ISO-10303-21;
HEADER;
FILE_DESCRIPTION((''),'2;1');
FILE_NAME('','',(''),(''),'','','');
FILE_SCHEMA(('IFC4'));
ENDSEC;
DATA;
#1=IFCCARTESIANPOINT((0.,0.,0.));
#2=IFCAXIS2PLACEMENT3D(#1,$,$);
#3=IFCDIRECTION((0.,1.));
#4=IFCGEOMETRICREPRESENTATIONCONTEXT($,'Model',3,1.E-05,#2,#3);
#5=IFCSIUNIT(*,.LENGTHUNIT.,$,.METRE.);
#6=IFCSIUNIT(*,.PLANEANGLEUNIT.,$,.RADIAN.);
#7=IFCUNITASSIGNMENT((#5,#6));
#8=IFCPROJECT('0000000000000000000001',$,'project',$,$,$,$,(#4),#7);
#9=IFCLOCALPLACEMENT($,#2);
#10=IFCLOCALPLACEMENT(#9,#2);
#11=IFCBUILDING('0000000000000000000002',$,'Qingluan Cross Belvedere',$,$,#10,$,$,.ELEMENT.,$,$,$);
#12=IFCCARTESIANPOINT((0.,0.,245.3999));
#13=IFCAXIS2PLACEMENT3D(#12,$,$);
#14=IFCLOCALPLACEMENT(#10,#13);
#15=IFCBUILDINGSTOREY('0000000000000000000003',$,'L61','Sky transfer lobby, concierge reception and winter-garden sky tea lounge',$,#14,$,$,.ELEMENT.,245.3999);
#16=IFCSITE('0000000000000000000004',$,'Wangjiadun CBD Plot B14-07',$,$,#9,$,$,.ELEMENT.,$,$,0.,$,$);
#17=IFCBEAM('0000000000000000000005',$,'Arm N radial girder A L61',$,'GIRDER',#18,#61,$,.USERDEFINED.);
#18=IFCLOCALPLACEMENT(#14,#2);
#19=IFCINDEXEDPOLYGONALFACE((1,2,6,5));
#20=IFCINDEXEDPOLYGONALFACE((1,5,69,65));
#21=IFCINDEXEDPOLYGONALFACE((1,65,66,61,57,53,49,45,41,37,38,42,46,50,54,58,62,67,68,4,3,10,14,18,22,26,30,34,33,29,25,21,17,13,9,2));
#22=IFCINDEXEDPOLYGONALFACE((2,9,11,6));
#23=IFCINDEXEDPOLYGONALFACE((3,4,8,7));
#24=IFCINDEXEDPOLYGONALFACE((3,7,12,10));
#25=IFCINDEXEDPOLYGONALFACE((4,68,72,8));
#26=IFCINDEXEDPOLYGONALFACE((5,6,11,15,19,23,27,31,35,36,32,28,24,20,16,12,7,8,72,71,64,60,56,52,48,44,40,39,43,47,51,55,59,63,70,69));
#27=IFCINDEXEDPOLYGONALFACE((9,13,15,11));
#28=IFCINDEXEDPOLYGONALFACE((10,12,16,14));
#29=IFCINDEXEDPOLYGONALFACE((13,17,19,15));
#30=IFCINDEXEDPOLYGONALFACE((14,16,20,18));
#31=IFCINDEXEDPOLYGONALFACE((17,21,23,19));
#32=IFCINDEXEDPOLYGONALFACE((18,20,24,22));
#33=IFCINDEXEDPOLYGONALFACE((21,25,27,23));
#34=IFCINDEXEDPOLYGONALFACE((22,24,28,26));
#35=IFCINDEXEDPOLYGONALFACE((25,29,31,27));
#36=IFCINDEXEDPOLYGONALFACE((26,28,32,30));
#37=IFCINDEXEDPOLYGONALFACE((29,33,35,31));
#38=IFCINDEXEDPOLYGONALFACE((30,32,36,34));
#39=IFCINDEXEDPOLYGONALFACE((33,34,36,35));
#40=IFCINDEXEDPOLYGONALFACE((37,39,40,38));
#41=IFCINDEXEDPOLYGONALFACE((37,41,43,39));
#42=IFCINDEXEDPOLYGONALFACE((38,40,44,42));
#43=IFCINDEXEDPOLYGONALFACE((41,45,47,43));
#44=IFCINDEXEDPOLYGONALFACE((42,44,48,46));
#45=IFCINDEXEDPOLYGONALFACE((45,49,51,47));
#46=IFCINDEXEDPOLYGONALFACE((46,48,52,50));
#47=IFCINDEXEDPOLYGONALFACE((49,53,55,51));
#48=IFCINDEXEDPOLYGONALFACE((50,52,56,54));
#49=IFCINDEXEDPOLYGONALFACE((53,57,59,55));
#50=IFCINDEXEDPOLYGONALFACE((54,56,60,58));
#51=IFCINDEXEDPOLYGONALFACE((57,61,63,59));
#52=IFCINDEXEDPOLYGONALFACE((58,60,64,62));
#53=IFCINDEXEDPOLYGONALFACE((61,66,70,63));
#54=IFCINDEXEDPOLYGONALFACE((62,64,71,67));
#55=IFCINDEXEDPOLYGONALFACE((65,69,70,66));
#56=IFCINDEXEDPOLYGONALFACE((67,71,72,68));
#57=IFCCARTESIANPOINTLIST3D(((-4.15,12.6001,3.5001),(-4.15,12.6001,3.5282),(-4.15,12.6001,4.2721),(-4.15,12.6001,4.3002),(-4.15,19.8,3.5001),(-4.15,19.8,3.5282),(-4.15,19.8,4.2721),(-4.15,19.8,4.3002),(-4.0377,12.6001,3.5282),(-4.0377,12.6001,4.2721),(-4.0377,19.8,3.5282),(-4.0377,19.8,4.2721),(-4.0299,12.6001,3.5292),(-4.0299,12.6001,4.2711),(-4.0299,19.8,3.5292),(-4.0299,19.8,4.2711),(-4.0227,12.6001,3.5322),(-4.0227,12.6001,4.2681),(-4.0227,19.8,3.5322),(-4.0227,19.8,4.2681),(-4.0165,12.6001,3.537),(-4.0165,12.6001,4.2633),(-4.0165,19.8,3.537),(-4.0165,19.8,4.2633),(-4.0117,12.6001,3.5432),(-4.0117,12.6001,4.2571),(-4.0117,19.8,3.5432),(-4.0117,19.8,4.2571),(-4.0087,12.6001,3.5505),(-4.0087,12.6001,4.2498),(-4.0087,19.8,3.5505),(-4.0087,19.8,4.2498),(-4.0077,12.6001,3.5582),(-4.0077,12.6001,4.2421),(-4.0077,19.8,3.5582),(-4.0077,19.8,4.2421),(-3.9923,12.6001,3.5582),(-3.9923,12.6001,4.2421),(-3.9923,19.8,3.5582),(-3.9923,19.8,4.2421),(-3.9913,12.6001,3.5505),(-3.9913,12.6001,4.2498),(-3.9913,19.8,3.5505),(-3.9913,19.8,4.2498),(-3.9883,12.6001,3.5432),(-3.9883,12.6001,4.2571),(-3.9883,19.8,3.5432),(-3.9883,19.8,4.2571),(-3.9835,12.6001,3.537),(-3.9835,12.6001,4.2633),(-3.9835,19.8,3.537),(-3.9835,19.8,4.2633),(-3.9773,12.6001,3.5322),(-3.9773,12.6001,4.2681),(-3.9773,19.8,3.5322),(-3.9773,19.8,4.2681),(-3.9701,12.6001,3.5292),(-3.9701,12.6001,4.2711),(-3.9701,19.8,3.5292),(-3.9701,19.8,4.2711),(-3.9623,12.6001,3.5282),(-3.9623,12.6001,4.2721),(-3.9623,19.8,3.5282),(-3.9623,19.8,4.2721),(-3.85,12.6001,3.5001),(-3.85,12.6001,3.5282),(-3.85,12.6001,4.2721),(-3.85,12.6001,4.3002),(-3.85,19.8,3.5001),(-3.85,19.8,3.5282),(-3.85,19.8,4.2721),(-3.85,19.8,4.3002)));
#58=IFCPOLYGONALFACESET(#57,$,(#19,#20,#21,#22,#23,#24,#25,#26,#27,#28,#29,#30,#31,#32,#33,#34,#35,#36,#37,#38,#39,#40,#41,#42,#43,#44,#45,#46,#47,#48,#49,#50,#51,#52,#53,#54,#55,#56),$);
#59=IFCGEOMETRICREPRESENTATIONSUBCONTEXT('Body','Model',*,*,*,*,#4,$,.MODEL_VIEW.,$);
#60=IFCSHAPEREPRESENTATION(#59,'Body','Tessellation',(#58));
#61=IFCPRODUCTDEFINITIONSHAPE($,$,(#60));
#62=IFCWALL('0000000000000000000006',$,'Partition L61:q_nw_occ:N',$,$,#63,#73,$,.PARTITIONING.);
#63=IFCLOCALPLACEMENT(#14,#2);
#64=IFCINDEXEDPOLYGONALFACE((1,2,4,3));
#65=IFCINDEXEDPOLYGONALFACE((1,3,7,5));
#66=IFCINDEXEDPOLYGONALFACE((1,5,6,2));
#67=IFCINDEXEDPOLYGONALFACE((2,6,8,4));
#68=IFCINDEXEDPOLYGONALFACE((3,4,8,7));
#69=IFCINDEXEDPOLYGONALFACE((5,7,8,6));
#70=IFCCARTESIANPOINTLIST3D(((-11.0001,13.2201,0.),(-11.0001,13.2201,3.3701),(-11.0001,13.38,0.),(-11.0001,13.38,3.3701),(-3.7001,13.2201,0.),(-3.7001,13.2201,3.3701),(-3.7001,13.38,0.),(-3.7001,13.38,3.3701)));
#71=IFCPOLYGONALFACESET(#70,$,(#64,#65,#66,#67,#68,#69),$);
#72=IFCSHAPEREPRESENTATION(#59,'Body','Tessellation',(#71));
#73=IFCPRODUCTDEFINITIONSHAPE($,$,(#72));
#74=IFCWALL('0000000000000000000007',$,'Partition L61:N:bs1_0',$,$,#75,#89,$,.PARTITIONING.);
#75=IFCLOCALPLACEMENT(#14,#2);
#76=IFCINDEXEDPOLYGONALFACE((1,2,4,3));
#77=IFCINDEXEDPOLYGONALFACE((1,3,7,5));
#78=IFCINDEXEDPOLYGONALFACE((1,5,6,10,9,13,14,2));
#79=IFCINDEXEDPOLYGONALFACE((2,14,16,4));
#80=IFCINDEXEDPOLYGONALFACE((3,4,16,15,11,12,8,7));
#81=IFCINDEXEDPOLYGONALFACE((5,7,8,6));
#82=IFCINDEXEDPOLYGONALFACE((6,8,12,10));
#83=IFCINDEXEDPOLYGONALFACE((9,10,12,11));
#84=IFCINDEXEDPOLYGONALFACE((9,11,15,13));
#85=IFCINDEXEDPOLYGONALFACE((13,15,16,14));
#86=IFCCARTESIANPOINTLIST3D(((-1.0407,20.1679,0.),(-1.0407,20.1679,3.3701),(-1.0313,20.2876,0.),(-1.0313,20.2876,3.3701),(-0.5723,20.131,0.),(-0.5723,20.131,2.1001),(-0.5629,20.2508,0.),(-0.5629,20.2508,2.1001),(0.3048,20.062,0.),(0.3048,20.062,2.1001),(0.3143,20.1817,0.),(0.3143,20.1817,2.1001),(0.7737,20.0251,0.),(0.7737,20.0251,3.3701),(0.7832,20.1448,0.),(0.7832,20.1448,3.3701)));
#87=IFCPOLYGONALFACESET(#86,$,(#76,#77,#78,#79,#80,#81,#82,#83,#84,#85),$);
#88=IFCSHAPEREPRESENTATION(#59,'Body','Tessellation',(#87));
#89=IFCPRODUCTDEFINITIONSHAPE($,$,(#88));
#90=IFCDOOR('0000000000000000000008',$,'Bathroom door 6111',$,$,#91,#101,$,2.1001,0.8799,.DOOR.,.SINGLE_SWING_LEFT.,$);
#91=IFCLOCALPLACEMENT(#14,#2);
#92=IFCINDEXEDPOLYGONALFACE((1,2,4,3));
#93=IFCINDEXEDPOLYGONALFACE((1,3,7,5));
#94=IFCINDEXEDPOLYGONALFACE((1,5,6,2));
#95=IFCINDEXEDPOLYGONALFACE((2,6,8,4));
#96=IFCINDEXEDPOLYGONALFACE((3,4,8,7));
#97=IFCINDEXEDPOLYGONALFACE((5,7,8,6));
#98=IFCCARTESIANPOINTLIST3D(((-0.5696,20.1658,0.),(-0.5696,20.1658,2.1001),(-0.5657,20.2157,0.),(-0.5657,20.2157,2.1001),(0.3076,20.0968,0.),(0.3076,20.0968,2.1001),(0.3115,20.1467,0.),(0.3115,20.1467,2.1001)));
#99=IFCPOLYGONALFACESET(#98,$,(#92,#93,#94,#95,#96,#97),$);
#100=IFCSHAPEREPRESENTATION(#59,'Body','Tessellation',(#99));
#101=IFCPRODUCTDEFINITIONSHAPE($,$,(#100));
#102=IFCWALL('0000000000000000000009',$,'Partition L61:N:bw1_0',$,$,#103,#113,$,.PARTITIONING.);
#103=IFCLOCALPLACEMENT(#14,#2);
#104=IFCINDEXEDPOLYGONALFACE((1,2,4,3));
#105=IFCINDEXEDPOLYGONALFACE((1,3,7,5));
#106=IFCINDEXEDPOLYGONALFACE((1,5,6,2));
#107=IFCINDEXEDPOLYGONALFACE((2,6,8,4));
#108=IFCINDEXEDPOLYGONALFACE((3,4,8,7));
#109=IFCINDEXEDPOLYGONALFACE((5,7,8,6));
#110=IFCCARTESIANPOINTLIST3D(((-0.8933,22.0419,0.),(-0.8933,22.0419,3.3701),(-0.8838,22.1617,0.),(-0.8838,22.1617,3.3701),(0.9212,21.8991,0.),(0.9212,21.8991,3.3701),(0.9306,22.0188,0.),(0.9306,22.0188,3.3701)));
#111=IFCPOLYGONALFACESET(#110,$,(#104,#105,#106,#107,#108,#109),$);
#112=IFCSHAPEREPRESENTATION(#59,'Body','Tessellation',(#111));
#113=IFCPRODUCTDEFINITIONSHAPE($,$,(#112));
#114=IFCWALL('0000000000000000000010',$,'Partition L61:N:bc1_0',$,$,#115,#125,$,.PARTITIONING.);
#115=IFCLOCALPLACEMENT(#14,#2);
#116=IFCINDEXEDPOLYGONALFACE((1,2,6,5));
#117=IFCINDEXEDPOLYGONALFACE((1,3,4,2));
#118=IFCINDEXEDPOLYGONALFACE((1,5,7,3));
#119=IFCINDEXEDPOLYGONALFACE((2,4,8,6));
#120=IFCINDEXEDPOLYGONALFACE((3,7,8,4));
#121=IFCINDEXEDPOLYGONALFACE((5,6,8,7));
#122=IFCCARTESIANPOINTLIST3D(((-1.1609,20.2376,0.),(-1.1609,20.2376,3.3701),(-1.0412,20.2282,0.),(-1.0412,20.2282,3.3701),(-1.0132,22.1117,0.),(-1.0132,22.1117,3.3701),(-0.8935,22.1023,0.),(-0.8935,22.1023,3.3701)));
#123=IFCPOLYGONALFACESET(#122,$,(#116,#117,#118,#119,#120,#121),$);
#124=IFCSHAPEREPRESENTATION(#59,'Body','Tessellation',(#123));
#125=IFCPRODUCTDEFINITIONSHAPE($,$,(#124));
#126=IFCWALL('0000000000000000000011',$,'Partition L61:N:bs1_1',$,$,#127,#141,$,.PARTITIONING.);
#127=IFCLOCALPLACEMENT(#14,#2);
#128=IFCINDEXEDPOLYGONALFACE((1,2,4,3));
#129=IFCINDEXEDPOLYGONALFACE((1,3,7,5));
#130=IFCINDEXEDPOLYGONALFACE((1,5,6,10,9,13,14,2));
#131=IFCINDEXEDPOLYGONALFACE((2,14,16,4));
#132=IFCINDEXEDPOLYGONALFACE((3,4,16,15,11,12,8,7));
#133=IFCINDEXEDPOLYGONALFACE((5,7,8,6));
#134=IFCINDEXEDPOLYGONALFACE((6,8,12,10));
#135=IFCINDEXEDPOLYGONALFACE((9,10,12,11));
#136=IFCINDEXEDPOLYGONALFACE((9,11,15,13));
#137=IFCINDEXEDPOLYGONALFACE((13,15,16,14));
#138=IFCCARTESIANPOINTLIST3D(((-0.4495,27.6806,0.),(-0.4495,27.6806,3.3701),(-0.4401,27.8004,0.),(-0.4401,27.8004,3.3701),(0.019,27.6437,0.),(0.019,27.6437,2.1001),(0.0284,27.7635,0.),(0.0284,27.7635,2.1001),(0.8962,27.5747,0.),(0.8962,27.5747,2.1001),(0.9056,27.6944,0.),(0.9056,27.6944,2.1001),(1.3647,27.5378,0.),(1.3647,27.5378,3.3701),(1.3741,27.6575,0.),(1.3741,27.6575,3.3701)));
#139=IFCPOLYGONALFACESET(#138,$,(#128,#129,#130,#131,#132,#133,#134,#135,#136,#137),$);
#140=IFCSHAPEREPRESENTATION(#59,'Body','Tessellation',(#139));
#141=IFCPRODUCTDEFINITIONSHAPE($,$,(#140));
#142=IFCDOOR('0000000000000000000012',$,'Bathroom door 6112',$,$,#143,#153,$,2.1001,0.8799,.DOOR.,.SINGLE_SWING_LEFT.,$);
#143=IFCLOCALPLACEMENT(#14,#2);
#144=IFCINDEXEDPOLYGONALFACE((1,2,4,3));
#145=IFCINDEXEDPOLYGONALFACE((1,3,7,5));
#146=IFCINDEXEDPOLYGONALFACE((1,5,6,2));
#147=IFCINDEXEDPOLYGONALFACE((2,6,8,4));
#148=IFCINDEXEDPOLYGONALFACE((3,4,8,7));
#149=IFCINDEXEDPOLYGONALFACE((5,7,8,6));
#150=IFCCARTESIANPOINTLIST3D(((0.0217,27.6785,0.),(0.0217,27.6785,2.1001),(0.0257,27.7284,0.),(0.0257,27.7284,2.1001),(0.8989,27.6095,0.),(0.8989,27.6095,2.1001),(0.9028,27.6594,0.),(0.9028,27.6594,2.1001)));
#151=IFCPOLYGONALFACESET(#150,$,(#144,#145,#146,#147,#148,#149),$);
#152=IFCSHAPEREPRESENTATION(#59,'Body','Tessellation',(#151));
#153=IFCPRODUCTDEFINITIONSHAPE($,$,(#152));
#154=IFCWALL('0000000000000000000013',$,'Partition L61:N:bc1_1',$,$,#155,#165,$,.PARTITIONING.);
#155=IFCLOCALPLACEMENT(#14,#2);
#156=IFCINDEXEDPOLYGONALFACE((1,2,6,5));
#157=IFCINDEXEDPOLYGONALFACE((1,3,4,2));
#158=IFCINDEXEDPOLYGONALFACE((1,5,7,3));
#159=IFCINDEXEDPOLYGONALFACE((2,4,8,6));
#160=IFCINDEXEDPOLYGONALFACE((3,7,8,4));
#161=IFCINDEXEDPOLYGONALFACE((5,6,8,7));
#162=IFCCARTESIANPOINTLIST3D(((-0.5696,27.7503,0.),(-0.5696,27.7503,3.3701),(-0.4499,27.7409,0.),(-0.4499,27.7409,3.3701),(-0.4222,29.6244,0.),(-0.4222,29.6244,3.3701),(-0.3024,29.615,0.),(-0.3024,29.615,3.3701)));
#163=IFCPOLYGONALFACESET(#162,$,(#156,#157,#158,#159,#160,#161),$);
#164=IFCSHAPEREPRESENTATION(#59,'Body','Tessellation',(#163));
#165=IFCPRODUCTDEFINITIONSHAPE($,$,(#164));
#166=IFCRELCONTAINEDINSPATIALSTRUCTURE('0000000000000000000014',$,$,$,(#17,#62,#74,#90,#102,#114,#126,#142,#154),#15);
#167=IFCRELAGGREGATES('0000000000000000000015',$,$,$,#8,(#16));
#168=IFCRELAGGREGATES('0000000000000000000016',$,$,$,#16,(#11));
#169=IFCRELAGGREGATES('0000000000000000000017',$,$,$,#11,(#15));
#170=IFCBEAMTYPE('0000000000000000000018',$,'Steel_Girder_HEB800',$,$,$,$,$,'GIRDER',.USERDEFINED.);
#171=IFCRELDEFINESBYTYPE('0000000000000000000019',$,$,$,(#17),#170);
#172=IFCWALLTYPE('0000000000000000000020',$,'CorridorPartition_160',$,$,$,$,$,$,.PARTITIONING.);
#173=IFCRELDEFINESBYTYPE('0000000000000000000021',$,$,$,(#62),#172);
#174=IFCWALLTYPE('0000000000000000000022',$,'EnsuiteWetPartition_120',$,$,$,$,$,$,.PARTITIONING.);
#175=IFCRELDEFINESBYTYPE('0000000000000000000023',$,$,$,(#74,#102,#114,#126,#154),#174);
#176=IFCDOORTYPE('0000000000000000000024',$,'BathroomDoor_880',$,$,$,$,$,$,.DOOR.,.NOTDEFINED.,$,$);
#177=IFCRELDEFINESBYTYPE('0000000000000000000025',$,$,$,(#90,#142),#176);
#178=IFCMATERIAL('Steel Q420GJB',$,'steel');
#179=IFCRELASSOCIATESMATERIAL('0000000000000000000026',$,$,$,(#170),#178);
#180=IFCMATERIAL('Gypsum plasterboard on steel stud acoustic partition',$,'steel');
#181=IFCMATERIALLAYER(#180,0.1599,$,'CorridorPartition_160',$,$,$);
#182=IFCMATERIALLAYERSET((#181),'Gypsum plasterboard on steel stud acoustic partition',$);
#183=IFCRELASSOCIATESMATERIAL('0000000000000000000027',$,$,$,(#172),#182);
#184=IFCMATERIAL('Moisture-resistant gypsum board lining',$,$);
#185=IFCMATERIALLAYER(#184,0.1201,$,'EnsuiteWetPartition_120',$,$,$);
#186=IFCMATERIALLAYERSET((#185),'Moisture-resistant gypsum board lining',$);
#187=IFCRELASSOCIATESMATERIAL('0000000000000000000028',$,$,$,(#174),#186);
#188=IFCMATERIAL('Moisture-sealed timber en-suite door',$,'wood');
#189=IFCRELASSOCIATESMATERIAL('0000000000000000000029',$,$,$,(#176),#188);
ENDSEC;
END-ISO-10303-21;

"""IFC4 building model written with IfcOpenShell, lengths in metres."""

from ifc_helpers import new_model, si_unit, direction, frame, frame_2d, origin, origin_2d, place, context, subcontext, project, spatial, rectangle, i_section, extrude, material, layer, layer_set, material_profile, profile_set, type_object, element, fill, save


model = new_model("IFC4")

# Units and contexts
model_context = context("Model", 3, precision=1e-05, world=origin(), true_north=direction((0.0, 1.0)))
body_context = subcontext(model_context, "Body", "Model", "MODEL_VIEW")
ifc_project = project(units=[si_unit("LENGTHUNIT", "METRE"), si_unit("PLANEANGLEUNIT", "RADIAN")], contexts=[model_context])

# Site, building, storey
site_placement = place(None, origin())
site = spatial("IfcSite", under=ifc_project, at=site_placement, Name="Wangjiadun CBD Plot B14-07", CompositionType="ELEMENT", RefElevation=0.0)
building_placement = place(site_placement, origin())
building = spatial("IfcBuilding", under=site, at=building_placement, Name="Qingluan Cross Belvedere", CompositionType="ELEMENT")
storey_placement = place(building_placement, frame((0.0, 0.0, 245.3999)))
storey = spatial("IfcBuildingStorey", under=building, at=storey_placement, Name="L61", Description="Sky transfer lobby, concierge reception and winter-garden sky tea lounge", CompositionType="ELEMENT", Elevation=245.3999)

# Beam
ifc_material_1 = material(Name="Steel Q420GJB", Category="steel")
ifc_material_profile_1 = material_profile(ifc_material_1, i_section(OverallWidth=0.3, OverallDepth=0.8, WebThickness=0.0154, FlangeThickness=0.0281, FilletRadius=0.03, at=origin_2d()), Name="HEB800")
ifc_profile_set_1 = profile_set([ifc_material_profile_1], Name="Steel Q420GJB")
beam_type_1 = type_object("IfcBeamType", Name="Steel_Girder_HEB800", ElementType="GIRDER", PredefinedType="USERDEFINED", material=ifc_profile_set_1)
beam_1_placement = place(storey_placement, frame((-4.0, 12.6001, 3.9001), z_axis=(0.0, 1.0, 0.0), x_axis=(-1.0, 0.0, 0.0)))
element("IfcBeam", 1, at=beam_1_placement, inside=storey, type_object=beam_type_1, Name="Arm N radial girder A L61", ObjectType="GIRDER", PredefinedType="USERDEFINED", context=body_context, shape_type="SweptSolid", body=[
    extrude(i_section(OverallWidth=0.3, OverallDepth=0.8, WebThickness=0.0154, FlangeThickness=0.0281, FilletRadius=0.03, at=origin_2d()), origin(), (0.0, 0.0, 1.0), 7.2),
])

# Wall
ifc_material_2 = material(Name="Gypsum plasterboard on steel stud acoustic partition", Category="steel")
ifc_layer_1 = layer(ifc_material_2, 0.1599, Name="CorridorPartition_160")
ifc_layer_set_1 = layer_set([ifc_layer_1], Name="Gypsum plasterboard on steel stud acoustic partition")
wall_type_1 = type_object("IfcWallType", Name="CorridorPartition_160", PredefinedType="PARTITIONING", material=ifc_layer_set_1)
wall_1_placement = place(storey_placement, frame((-11.0, 13.3, 0.0), z_axis=(0.0, 0.0, 1.0), x_axis=(1.0, 0.0, 0.0)))
element("IfcWall", 2, at=wall_1_placement, inside=storey, type_object=wall_type_1, Name="Partition L61:q_nw_occ:N", PredefinedType="PARTITIONING", context=body_context, shape_type="SweptSolid", body=[
    extrude(rectangle(XDim=7.3, YDim=0.1599, at=frame_2d((3.6499, 0.0))), origin(), (0.0, 0.0, 1.0), 3.3701),
])

# Wall, opening, door
ifc_material_3 = material(Name="Moisture-resistant gypsum board lining")
ifc_layer_2 = layer(ifc_material_3, 0.1201, Name="EnsuiteWetPartition_120")
ifc_layer_set_2 = layer_set([ifc_layer_2], Name="Moisture-resistant gypsum board lining")
wall_type_2 = type_object("IfcWallType", Name="EnsuiteWetPartition_120", PredefinedType="PARTITIONING", material=ifc_layer_set_2)
wall_2_placement = place(storey_placement, frame((-1.0361, 20.2278, 0.0), z_axis=(0.0, 0.0, 1.0), x_axis=(0.996916, -0.078471, 0.0)))
wall_2 = element("IfcWall", 3, at=wall_2_placement, inside=storey, type_object=wall_type_2, Name="Partition L61:N:bs1_0", PredefinedType="PARTITIONING", context=body_context, shape_type="SweptSolid", body=[
    extrude(rectangle(XDim=1.8201, YDim=0.1201, at=frame_2d((0.9102, 0.0))), origin(), (0.0, 0.0, 1.0), 3.3701),
])
opening_1_placement = place(wall_2_placement, frame((0.47, 0.0, 0.0)))
opening_1 = element("IfcOpeningElement", 4, at=opening_1_placement, cuts=wall_2, PredefinedType="OPENING", context=body_context, shape_type="SweptSolid", body=[
    extrude(rectangle(XDim=0.8799, YDim=2.1001, at=frame_2d((0.4399, 1.05))), frame((0.0, 0.0701, 0.0), z_axis=(0.0, -1.0, 0.0), x_axis=(1.0, 0.0, 0.0)), (0.0, 0.0, 1.0), 0.1401),
])
ifc_material_4 = material(Name="Moisture-sealed timber en-suite door", Category="wood")
door_type = type_object("IfcDoorType", Name="BathroomDoor_880", OperationType="NOTDEFINED", PredefinedType="DOOR", material=ifc_material_4)
door_1_placement = place(opening_1_placement, origin())
door_1 = element("IfcDoor", 5, at=door_1_placement, inside=storey, type_object=door_type, Name="Bathroom door 6111", OperationType="SINGLE_SWING_LEFT", OverallHeight=2.1001, OverallWidth=0.8799, PredefinedType="DOOR", context=body_context, shape_type="SweptSolid", body=[
    extrude(rectangle(XDim=0.8799, YDim=2.1001, at=frame_2d((0.4399, 1.05))), frame((0.0, 0.0249, 0.0), z_axis=(0.0, -1.0, 0.0), x_axis=(1.0, 0.0, 0.0)), (0.0, 0.0, 1.0), 0.05),
])
fill(opening_1, door_1)

# Walls
wall_3_placement = place(storey_placement, frame((-0.8887, 22.1018, 0.0), z_axis=(0.0, 0.0, 1.0), x_axis=(0.996916, -0.078471, 0.0)))
element("IfcWall", 6, at=wall_3_placement, inside=storey, type_object=wall_type_2, Name="Partition L61:N:bw1_0", PredefinedType="PARTITIONING", context=body_context, shape_type="SweptSolid", body=[
    extrude(rectangle(XDim=1.8201, YDim=0.1201, at=frame_2d((0.9102, 0.0))), origin(), (0.0, 0.0, 1.0), 3.3701),
])
wall_4_placement = place(storey_placement, frame((-1.1011, 20.2329, 0.0), z_axis=(0.0, 0.0, 1.0), x_axis=(0.078573, 0.996908, 0.0)))
element("IfcWall", 7, at=wall_4_placement, inside=storey, type_object=wall_type_2, Name="Partition L61:N:bc1_0", PredefinedType="PARTITIONING", context=body_context, shape_type="SweptSolid", body=[
    extrude(rectangle(XDim=1.8799, YDim=0.1201, at=frame_2d((0.9399, 0.0))), origin(), (0.0, 0.0, 1.0), 3.3701),
])

# Wall, opening, door
wall_5_placement = place(storey_placement, frame((-0.4448, 27.7405, 0.0), z_axis=(0.0, 0.0, 1.0), x_axis=(0.996916, -0.078481, 0.0)))
wall_5 = element("IfcWall", 8, at=wall_5_placement, inside=storey, type_object=wall_type_2, Name="Partition L61:N:bs1_1", PredefinedType="PARTITIONING", context=body_context, shape_type="SweptSolid", body=[
    extrude(rectangle(XDim=1.8198, YDim=0.1201, at=frame_2d((0.9099, 0.0))), origin(), (0.0, 0.0, 1.0), 3.3701),
])
opening_2_placement = place(wall_5_placement, frame((0.47, 0.0, 0.0)))
opening_2 = element("IfcOpeningElement", 9, at=opening_2_placement, cuts=wall_5, PredefinedType="OPENING", context=body_context, shape_type="SweptSolid", body=[
    extrude(rectangle(XDim=0.8799, YDim=2.1001, at=frame_2d((0.4399, 1.05))), frame((0.0, 0.0701, 0.0), z_axis=(0.0, -1.0, 0.0), x_axis=(1.0, 0.0, 0.0)), (0.0, 0.0, 1.0), 0.1401),
])
door_2_placement = place(opening_2_placement, origin())
door_2 = element("IfcDoor", 10, at=door_2_placement, inside=storey, type_object=door_type, Name="Bathroom door 6112", OperationType="SINGLE_SWING_LEFT", OverallHeight=2.1001, OverallWidth=0.8799, PredefinedType="DOOR", context=body_context, shape_type="SweptSolid", body=[
    extrude(rectangle(XDim=0.8799, YDim=2.1001, at=frame_2d((0.4399, 1.05))), frame((0.0, 0.0249, 0.0), z_axis=(0.0, -1.0, 0.0), x_axis=(1.0, 0.0, 0.0)), (0.0, 0.0, 1.0), 0.05),
])
fill(opening_2, door_2)

# Wall
wall_6_placement = place(storey_placement, frame((-0.5098, 27.7456, 0.0), z_axis=(0.0, 0.0, 1.0), x_axis=(0.078444, 0.996918, 0.0)))
element("IfcWall", 11, at=wall_6_placement, inside=storey, type_object=wall_type_2, Name="Partition L61:N:bc1_1", PredefinedType="PARTITIONING", context=body_context, shape_type="SweptSolid", body=[
    extrude(rectangle(XDim=1.8799, YDim=0.1201, at=frame_2d((0.9399, 0.0))), origin(), (0.0, 0.0, 1.0), 3.3701),
])

save(model, "model.ifc")
